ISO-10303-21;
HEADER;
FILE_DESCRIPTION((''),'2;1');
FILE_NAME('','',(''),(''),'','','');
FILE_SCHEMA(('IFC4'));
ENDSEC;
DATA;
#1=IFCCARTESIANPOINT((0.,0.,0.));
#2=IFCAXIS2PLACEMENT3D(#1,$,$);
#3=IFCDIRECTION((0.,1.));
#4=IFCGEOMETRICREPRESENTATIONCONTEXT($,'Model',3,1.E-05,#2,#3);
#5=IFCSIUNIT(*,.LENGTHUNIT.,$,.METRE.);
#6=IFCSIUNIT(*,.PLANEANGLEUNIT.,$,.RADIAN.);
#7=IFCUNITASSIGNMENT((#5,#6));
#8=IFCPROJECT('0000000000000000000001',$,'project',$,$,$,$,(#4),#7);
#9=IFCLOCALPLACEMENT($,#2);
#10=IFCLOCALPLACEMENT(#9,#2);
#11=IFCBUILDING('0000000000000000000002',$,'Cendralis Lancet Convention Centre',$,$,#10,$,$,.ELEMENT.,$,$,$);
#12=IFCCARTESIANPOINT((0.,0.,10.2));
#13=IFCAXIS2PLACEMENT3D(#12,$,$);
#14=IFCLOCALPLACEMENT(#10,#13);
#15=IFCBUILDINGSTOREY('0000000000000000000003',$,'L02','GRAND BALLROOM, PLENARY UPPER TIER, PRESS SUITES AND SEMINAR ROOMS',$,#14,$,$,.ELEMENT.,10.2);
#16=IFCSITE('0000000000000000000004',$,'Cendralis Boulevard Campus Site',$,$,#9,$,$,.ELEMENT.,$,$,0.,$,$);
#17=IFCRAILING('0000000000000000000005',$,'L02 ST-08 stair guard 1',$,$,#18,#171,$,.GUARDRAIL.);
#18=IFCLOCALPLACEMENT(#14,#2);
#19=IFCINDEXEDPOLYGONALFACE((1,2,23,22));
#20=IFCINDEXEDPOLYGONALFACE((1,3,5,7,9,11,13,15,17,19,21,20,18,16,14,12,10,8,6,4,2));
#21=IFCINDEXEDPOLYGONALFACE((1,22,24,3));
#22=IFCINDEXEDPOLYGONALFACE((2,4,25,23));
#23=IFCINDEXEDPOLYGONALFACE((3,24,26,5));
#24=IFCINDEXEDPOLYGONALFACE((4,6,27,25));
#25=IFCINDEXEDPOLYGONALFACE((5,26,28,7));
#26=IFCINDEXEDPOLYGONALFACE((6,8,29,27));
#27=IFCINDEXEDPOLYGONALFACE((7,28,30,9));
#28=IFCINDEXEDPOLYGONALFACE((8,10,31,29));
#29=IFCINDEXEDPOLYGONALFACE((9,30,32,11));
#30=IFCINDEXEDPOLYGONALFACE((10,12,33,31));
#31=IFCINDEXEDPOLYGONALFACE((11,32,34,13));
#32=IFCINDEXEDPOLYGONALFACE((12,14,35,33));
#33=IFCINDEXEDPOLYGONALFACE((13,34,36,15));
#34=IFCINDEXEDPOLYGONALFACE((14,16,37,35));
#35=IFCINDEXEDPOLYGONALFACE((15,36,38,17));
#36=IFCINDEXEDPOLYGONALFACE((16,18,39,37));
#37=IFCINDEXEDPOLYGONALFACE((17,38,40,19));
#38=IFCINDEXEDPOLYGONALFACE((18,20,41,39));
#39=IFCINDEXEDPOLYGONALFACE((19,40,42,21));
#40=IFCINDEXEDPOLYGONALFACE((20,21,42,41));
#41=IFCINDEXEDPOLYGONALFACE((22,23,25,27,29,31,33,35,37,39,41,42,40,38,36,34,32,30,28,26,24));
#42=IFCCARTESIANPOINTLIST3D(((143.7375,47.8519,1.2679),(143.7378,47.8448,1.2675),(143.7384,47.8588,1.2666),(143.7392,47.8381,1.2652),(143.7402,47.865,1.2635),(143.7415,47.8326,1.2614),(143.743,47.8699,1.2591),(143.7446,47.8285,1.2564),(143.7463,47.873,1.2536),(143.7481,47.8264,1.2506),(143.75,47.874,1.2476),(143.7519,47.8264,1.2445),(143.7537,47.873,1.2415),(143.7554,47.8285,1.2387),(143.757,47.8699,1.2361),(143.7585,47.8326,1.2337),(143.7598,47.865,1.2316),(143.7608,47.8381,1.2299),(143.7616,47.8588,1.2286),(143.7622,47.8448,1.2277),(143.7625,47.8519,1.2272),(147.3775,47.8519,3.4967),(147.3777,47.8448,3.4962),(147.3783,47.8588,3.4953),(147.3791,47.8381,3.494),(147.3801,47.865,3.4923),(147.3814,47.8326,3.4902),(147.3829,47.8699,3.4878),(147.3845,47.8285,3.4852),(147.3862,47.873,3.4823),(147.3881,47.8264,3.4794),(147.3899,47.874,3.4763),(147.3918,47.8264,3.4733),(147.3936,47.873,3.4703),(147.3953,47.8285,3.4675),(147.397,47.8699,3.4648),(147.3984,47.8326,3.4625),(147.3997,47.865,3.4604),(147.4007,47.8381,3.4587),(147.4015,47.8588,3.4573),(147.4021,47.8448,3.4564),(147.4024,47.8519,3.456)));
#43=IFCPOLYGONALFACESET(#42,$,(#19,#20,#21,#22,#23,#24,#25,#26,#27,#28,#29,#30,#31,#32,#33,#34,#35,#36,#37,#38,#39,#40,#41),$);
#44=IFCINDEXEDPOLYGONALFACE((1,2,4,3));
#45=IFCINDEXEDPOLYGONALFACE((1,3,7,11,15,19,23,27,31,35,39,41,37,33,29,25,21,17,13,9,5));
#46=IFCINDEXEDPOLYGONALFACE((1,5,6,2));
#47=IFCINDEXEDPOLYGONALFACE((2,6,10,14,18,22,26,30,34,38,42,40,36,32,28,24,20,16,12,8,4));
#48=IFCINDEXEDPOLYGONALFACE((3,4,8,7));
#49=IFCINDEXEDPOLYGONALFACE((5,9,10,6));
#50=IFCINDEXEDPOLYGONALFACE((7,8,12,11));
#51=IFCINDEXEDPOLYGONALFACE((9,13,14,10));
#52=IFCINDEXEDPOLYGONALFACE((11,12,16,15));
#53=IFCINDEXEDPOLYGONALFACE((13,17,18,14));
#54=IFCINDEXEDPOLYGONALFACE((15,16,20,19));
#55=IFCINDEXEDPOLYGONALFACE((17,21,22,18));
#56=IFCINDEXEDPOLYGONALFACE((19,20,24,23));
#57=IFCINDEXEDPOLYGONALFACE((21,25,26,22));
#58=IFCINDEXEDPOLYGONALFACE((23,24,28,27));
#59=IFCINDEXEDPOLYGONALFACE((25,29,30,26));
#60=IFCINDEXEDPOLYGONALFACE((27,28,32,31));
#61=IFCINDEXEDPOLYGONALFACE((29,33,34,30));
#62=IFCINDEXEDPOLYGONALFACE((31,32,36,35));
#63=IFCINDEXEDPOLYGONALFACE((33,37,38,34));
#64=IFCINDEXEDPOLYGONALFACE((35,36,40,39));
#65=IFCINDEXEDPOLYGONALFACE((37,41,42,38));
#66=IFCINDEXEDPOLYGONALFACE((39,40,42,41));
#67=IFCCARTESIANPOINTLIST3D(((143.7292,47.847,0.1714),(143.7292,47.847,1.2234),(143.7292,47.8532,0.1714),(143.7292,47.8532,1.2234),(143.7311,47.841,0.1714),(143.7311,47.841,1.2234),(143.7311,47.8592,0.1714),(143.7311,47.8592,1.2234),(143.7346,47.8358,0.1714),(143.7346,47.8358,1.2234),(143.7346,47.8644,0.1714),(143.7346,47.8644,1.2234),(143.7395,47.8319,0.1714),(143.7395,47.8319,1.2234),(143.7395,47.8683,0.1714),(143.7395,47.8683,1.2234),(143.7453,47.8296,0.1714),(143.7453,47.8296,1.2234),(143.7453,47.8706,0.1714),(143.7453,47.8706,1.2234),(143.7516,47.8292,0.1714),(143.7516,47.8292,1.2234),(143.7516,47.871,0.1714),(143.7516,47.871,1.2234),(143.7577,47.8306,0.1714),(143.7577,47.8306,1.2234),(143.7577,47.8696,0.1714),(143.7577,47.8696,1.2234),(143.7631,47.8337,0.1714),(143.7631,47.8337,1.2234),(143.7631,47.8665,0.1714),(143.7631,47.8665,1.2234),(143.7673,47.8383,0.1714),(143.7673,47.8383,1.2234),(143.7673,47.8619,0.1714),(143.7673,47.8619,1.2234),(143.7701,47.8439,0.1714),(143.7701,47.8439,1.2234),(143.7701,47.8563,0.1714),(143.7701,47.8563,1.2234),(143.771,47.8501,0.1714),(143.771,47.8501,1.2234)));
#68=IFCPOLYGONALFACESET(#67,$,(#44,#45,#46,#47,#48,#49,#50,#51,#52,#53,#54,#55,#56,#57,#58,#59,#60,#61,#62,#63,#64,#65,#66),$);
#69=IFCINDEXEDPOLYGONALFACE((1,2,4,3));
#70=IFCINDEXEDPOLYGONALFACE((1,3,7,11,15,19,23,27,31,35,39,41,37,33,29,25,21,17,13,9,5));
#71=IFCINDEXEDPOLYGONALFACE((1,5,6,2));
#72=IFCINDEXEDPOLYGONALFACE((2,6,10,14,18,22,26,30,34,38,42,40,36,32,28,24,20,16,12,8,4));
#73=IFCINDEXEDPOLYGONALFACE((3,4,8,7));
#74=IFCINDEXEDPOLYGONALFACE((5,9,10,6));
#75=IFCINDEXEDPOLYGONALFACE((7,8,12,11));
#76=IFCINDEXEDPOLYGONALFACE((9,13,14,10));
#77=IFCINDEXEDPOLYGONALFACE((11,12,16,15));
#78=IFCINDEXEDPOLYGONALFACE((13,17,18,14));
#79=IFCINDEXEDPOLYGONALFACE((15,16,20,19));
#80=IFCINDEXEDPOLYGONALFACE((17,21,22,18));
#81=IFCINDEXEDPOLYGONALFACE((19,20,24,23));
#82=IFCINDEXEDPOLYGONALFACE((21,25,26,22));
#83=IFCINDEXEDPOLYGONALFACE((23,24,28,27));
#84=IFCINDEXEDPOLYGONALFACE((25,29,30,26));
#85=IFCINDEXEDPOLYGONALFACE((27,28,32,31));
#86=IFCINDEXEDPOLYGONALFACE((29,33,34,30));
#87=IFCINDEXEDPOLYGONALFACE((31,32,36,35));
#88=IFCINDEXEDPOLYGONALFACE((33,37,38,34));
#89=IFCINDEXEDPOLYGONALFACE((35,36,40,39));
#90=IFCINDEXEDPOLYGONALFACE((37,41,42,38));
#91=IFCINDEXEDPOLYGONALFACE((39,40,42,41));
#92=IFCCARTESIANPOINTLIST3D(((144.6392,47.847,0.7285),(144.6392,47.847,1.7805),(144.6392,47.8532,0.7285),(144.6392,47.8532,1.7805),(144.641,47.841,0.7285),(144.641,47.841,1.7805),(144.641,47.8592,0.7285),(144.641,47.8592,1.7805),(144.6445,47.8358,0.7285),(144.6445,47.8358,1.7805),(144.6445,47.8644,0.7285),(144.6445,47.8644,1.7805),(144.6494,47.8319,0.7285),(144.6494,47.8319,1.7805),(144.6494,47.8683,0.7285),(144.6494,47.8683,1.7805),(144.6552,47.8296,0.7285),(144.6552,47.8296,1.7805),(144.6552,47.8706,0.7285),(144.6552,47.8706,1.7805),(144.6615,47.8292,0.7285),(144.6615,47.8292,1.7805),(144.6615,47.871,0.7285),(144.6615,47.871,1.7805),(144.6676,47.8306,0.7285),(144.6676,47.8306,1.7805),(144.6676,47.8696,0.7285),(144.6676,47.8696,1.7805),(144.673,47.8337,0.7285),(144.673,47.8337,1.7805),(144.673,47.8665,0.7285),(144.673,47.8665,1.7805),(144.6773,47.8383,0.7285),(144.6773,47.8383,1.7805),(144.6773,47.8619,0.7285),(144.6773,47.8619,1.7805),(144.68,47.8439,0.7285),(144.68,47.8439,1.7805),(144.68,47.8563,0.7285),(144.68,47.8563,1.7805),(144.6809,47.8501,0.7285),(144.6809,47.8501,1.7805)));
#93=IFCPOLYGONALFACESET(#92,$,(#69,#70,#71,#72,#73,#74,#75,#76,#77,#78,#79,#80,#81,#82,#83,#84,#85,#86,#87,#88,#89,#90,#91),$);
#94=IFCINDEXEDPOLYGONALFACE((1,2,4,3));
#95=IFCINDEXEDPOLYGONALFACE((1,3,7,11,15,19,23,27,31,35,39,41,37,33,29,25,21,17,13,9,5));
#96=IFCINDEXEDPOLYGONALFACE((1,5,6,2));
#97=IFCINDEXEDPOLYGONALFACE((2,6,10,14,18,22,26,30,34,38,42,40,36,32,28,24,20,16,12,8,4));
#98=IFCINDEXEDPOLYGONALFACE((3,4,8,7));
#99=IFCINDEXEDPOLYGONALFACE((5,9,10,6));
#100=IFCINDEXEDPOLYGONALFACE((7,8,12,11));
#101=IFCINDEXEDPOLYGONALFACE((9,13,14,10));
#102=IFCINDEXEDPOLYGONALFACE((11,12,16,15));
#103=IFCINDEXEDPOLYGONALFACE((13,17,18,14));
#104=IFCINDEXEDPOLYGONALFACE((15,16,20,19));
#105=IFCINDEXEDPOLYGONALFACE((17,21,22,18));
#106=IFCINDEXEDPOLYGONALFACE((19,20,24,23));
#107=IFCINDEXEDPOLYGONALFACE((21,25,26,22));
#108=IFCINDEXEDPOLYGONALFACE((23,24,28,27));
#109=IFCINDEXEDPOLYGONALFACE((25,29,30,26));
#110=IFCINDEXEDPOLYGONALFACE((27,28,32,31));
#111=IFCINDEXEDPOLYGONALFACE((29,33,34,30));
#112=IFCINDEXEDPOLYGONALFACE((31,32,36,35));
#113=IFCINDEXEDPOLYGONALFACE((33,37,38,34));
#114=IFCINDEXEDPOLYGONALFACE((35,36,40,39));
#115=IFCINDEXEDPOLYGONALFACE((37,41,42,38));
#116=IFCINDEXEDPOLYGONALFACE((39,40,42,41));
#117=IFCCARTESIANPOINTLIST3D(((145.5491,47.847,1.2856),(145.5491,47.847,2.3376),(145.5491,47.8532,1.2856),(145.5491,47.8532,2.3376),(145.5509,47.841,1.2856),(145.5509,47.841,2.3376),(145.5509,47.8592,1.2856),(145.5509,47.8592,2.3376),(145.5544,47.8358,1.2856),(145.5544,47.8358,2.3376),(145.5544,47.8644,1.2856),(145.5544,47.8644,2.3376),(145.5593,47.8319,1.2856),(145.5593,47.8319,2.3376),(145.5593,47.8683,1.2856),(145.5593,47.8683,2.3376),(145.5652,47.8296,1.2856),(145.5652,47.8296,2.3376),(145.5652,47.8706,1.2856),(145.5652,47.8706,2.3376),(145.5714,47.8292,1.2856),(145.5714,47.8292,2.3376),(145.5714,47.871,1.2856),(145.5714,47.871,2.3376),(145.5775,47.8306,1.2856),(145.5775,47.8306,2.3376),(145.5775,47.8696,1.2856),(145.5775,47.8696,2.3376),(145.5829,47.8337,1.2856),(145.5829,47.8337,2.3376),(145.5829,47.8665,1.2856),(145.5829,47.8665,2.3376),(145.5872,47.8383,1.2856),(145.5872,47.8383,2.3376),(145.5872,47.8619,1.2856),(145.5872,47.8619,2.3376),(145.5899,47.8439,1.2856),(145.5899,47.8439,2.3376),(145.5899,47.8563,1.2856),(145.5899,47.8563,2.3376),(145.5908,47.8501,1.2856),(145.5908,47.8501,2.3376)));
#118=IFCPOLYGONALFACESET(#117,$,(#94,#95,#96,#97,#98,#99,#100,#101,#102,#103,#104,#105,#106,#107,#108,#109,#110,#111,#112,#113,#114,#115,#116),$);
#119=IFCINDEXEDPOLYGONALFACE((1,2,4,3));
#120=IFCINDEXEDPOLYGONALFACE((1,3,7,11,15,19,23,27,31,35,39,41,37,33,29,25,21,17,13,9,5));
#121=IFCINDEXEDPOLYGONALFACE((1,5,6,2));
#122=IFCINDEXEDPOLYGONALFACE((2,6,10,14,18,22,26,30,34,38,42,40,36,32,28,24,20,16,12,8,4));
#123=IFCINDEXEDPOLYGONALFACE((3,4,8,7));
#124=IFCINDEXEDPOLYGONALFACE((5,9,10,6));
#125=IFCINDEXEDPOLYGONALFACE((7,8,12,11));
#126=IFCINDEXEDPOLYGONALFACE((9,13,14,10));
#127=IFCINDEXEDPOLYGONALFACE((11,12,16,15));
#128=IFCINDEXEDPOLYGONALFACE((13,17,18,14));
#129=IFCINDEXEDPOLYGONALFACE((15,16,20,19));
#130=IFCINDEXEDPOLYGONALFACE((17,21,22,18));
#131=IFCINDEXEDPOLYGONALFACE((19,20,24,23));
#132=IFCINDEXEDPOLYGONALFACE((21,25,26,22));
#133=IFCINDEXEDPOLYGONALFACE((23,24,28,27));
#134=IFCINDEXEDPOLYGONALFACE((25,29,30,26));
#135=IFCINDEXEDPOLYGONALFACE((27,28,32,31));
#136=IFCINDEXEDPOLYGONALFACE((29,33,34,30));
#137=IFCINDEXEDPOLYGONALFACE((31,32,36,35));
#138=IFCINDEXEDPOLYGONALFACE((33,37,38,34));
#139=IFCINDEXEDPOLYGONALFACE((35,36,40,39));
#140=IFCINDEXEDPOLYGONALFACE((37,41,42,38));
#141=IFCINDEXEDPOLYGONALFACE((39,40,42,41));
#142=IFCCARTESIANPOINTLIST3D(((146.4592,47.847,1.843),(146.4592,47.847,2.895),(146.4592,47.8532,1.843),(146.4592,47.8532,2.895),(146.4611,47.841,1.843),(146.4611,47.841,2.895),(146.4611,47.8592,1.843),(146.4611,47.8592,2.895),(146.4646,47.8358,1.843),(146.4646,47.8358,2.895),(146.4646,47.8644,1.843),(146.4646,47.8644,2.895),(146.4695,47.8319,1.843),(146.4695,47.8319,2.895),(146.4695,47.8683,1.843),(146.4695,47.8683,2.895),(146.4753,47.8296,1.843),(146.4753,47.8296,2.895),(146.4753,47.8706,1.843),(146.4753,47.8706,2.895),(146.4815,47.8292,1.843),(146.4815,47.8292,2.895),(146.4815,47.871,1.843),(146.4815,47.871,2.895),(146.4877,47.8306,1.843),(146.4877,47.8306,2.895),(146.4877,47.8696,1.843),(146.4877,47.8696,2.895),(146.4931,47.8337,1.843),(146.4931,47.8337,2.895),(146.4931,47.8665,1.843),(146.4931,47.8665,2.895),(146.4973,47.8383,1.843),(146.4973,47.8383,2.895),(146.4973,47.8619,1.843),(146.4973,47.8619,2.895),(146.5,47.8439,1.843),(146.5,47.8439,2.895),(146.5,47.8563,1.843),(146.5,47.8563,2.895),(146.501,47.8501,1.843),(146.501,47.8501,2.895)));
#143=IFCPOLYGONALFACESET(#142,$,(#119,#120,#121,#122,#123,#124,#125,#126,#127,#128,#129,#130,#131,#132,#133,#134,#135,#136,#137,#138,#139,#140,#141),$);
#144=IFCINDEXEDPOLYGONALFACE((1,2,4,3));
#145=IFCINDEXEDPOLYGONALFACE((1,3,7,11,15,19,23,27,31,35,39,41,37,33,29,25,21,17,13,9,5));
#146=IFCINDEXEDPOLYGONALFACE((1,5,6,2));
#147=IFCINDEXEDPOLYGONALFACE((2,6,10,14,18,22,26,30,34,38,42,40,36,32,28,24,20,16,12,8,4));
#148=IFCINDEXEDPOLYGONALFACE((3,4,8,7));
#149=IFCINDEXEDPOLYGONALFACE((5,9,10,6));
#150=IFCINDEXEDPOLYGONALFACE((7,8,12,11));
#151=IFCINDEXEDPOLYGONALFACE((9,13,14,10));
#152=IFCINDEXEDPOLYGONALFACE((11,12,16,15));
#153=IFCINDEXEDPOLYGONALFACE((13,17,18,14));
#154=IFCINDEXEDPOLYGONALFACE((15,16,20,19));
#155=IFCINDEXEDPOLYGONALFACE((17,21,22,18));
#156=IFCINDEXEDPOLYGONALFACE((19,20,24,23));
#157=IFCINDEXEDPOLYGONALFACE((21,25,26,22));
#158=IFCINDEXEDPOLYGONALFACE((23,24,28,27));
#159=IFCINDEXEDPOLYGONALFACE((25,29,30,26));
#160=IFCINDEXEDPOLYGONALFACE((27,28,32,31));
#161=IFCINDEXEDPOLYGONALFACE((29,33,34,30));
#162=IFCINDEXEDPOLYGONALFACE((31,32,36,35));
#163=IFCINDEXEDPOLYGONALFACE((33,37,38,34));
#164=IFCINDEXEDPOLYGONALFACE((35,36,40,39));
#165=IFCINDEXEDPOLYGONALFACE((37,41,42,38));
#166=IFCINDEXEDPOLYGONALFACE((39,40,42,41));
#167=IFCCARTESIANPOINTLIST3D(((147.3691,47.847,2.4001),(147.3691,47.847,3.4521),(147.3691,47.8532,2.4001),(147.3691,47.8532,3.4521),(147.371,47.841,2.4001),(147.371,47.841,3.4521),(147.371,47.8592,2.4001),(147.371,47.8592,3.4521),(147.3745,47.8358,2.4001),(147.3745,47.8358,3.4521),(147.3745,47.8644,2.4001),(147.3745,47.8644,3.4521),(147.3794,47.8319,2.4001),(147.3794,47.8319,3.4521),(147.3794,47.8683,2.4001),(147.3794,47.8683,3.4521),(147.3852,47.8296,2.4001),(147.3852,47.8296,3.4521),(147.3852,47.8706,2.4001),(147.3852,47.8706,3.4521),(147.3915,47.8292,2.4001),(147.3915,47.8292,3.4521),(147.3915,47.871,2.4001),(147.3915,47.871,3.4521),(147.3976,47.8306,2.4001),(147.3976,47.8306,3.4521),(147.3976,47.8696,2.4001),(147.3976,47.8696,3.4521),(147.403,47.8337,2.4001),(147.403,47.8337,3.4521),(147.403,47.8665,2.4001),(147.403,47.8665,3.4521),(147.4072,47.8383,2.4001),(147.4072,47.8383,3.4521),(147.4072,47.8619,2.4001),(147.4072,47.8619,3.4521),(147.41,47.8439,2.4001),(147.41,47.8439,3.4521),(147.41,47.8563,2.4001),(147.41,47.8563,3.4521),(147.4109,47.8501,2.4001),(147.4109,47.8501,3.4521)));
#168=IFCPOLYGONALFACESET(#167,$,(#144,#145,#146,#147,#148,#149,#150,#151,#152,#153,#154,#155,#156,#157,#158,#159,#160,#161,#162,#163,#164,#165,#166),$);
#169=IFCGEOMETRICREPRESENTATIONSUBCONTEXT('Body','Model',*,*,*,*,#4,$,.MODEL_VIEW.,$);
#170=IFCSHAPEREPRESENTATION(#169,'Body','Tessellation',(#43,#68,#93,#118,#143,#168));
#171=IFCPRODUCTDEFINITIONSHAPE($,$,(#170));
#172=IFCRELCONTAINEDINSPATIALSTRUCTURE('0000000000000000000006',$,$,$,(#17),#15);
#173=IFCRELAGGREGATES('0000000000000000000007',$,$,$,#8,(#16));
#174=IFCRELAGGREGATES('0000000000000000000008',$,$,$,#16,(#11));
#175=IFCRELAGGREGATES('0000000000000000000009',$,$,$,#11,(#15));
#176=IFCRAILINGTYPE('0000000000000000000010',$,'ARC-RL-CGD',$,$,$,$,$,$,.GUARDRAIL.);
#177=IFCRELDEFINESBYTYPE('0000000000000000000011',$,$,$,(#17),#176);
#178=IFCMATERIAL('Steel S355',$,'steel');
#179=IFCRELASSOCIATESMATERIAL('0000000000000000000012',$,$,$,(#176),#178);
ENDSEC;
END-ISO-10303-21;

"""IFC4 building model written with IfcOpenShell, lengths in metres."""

from ifc_helpers import new_model, si_unit, direction, frame, origin, origin_2d, place, context, subcontext, project, spatial, circle, extrude, material, type_object, element, save


model = new_model("IFC4")

# Units and contexts
model_context = context("Model", 3, precision=1e-05, world=origin(), true_north=direction((0.0, 1.0)))
body_context = subcontext(model_context, "Body", "Model", "MODEL_VIEW")
ifc_project = project(units=[si_unit("LENGTHUNIT", "METRE"), si_unit("PLANEANGLEUNIT", "RADIAN")], contexts=[model_context])

# Site, building, storey
site_placement = place(None, origin())
site = spatial("IfcSite", under=ifc_project, at=site_placement, Name="Cendralis Boulevard Campus Site", CompositionType="ELEMENT", RefElevation=0.0)
building_placement = place(site_placement, origin())
building = spatial("IfcBuilding", under=site, at=building_placement, Name="Cendralis Lancet Convention Centre", CompositionType="ELEMENT")
storey_placement = place(building_placement, frame((0.0, 0.0, 10.2)))
storey = spatial("IfcBuildingStorey", under=building, at=storey_placement, Name="L02", Description="GRAND BALLROOM, PLENARY UPPER TIER, PRESS SUITES AND SEMINAR ROOMS", CompositionType="ELEMENT", Elevation=10.2)

# Shared definitions
ifc_material_1 = material(Name="Steel S355", Category="steel")

# Railing
railing_type_1 = type_object("IfcRailingType", Name="ARC-RL-CGD", PredefinedType="GUARDRAIL", material=ifc_material_1)
railing_1_placement = place(storey_placement, frame((143.75, 47.8501, 0.1714)))
element("IfcRailing", 1, at=railing_1_placement, inside=storey, type_object=railing_type_1, Name="L02 ST-08 stair guard 1", PredefinedType="GUARDRAIL", context=body_context, shape_type="SweptSolid", body=[
    extrude(circle(Radius=0.0239, at=origin_2d()), frame((0.0, 0.0, 1.0762), z_axis=(0.852825, 0.0, 0.522197), x_axis=(0.0, 1.0, 0.0)), (0.0, 0.0, 1.0), 4.2681),
    extrude(circle(Radius=0.021, at=origin_2d()), origin(), (0.0, 0.0, 1.0), 1.052),
    extrude(circle(Radius=0.021, at=origin_2d()), frame((0.9099, 0.0, 0.5571)), (0.0, 0.0, 1.0), 1.052),
    extrude(circle(Radius=0.021, at=origin_2d()), frame((1.8198, 0.0, 1.1143)), (0.0, 0.0, 1.0), 1.052),
    extrude(circle(Radius=0.021, at=origin_2d()), frame((2.73, 0.0, 1.6716)), (0.0, 0.0, 1.0), 1.052),
    extrude(circle(Radius=0.021, at=origin_2d()), frame((3.6399, 0.0, 2.2288)), (0.0, 0.0, 1.0), 1.052),
])

save(model, "model.ifc")
